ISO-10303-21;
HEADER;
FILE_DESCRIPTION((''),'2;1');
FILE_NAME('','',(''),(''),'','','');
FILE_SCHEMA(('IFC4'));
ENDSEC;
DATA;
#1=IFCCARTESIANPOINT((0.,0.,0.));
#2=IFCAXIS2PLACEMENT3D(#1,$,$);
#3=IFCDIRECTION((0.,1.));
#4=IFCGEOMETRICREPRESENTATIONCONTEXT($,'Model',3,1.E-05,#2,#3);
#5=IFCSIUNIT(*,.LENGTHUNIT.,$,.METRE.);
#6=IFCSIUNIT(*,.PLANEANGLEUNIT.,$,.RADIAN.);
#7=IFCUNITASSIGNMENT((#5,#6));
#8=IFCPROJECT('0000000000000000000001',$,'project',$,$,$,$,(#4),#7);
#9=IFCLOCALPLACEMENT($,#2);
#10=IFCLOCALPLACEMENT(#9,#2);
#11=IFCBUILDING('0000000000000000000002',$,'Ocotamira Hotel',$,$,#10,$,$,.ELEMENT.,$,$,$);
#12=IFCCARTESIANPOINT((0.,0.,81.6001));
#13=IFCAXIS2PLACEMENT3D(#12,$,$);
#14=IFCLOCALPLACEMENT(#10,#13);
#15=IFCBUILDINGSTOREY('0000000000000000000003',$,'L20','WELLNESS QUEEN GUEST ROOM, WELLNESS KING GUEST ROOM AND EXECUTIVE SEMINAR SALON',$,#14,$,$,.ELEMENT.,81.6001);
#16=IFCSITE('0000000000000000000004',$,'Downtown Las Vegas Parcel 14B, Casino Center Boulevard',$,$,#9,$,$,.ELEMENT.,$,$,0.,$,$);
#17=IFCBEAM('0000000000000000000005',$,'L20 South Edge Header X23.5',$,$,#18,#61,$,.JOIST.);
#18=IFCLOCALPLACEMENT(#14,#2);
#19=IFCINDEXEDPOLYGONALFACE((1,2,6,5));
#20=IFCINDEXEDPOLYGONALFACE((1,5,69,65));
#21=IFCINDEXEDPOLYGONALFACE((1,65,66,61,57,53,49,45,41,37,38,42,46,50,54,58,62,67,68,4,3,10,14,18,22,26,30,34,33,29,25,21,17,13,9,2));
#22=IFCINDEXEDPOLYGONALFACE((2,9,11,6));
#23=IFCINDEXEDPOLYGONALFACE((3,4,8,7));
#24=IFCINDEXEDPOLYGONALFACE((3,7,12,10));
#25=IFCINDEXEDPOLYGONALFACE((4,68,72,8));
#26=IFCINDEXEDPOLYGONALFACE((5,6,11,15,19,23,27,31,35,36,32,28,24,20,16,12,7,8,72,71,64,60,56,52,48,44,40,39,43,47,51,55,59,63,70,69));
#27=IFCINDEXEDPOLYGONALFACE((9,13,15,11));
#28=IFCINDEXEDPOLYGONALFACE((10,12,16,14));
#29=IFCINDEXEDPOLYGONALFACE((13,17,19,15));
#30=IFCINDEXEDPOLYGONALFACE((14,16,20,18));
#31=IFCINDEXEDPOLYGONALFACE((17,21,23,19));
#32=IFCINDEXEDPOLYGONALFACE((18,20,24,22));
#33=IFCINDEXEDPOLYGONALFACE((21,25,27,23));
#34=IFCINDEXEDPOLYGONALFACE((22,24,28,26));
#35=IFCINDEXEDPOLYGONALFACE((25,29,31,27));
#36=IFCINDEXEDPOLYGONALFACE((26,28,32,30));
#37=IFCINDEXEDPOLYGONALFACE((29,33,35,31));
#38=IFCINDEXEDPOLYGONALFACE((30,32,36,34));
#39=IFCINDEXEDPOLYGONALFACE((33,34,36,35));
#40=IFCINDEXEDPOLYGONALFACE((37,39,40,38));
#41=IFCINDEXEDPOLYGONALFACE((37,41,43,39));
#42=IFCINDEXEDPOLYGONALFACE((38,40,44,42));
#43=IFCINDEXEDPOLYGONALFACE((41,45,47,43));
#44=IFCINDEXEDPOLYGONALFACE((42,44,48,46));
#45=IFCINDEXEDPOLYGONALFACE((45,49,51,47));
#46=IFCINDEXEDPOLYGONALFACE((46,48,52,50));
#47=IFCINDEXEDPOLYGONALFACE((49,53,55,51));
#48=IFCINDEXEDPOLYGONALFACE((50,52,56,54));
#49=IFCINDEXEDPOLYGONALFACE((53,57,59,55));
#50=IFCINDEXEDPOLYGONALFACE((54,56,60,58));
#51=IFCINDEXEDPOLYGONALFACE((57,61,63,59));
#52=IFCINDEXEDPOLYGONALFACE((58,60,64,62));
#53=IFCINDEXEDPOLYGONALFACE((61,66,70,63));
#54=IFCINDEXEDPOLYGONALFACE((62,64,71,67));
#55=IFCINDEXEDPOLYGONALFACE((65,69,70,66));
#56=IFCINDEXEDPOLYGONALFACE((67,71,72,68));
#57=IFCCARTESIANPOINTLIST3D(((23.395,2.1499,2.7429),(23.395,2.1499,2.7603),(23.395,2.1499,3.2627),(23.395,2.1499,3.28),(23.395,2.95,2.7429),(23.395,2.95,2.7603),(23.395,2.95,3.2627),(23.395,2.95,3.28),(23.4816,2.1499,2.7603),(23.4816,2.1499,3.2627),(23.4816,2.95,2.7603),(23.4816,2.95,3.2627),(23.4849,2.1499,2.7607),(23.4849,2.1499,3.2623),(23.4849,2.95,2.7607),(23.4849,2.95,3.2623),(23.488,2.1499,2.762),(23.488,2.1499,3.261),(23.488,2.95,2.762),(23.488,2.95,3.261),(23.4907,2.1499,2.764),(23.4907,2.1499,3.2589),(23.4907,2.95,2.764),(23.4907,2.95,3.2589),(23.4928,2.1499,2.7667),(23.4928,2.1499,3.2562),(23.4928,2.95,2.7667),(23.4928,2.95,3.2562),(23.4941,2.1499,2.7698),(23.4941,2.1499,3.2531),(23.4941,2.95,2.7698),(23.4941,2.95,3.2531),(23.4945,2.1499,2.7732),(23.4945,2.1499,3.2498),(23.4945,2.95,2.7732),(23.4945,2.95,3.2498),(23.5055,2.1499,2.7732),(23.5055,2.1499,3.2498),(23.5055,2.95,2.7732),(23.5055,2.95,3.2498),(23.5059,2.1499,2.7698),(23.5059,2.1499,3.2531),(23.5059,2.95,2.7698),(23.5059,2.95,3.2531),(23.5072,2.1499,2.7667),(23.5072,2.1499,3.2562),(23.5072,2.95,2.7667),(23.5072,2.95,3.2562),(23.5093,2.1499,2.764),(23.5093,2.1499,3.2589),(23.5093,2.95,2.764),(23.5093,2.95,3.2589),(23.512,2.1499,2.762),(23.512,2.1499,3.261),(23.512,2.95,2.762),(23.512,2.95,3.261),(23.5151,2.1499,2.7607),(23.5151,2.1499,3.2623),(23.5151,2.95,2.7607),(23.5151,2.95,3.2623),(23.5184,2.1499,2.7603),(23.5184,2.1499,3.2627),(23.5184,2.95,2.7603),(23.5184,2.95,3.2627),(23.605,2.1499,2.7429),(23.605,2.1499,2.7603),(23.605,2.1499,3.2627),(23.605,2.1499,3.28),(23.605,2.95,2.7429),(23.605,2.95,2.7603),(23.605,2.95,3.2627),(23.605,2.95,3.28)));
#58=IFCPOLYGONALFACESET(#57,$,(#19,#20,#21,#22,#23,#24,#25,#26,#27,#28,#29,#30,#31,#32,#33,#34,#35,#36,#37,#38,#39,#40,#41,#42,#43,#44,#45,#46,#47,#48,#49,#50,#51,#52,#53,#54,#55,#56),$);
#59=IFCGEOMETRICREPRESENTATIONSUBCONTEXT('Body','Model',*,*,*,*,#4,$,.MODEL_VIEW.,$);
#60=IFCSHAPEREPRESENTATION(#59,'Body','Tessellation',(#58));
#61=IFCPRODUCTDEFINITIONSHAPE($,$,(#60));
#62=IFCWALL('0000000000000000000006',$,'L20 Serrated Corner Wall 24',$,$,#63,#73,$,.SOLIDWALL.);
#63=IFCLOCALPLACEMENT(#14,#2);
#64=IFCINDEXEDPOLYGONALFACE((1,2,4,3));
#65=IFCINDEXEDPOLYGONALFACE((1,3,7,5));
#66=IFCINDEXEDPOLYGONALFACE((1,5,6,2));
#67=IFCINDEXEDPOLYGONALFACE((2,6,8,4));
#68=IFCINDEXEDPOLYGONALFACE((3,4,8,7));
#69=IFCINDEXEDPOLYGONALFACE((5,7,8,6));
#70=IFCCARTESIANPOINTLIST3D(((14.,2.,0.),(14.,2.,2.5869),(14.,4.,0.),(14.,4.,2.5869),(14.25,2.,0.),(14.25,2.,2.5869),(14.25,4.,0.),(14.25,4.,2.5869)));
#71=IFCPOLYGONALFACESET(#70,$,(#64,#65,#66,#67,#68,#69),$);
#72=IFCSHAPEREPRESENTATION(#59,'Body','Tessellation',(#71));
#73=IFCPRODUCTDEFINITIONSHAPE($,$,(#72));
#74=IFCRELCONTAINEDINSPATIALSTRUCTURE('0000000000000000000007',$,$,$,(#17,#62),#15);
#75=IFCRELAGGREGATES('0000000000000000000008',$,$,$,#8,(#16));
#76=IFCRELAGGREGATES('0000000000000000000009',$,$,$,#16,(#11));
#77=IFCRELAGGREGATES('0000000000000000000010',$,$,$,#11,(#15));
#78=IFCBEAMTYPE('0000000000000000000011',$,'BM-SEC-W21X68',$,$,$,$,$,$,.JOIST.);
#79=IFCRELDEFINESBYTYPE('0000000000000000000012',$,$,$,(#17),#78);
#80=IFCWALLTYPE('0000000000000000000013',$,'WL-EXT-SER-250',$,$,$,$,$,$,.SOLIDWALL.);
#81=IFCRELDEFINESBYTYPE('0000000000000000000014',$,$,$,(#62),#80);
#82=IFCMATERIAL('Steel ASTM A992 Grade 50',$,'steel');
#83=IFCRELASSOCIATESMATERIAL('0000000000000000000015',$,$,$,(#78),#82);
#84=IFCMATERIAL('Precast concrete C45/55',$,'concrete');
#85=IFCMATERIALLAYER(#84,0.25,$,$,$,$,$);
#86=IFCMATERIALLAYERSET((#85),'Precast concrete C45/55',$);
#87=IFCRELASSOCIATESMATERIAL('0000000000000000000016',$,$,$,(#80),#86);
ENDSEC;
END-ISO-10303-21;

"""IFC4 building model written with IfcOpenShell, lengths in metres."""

from ifc_helpers import new_model, si_unit, direction, frame, frame_2d, origin, origin_2d, place, context, subcontext, project, spatial, rectangle, i_section, extrude, source, transform, mapped, material, layer, layer_set, material_profile, profile_set, type_object, element, save


model = new_model("IFC4")

# Units and contexts
model_context = context("Model", 3, precision=1e-05, world=origin(), true_north=direction((0.0, 1.0)))
body_context = subcontext(model_context, "Body", "Model", "MODEL_VIEW")
ifc_project = project(units=[si_unit("LENGTHUNIT", "METRE"), si_unit("PLANEANGLEUNIT", "RADIAN")], contexts=[model_context])

# Site, building, storey
site_placement = place(None, origin())
site = spatial("IfcSite", under=ifc_project, at=site_placement, Name="Downtown Las Vegas Parcel 14B, Casino Center Boulevard", CompositionType="ELEMENT", RefElevation=0.0)
building_placement = place(site_placement, origin())
building = spatial("IfcBuilding", under=site, at=building_placement, Name="Ocotamira Hotel", CompositionType="ELEMENT")
storey_placement = place(building_placement, frame((0.0, 0.0, 81.6001)))
storey = spatial("IfcBuildingStorey", under=building, at=storey_placement, Name="L20", Description="WELLNESS QUEEN GUEST ROOM, WELLNESS KING GUEST ROOM AND EXECUTIVE SEMINAR SALON", CompositionType="ELEMENT", Elevation=81.6001)

# Beam
ifc_material_1 = material(Name="Steel ASTM A992 Grade 50", Category="steel")
ifc_material_profile_1 = material_profile(ifc_material_1, i_section(OverallWidth=0.21, OverallDepth=0.5371, WebThickness=0.011, FlangeThickness=0.0173, FilletRadius=0.0129, at=origin_2d()), Name="W21X68")
ifc_profile_set_1 = profile_set([ifc_material_profile_1], Name="Steel ASTM A992 Grade 50")
beam_type_1 = type_object("IfcBeamType", Name="BM-SEC-W21X68", PredefinedType="JOIST", material=ifc_profile_set_1)
shared_shape_1 = source(origin(), body_context, "Body", "SweptSolid", [
    extrude(i_section(OverallWidth=0.21, OverallDepth=0.5371, WebThickness=0.011, FlangeThickness=0.0173, FilletRadius=0.0129, at=origin_2d()), origin(), (0.0, 0.0, 1.0), 0.8),
])
for number, where, z_axis, x_axis, name in (
    (1, (23.5, 2.95, 3.0115), (0.0, -1.0, 0.0), (1.0, 0.0, 0.0), "L20 South Edge Header X23.5"),
):
    element("IfcBeam", number, at=place(storey_placement, frame(where, z_axis=z_axis, x_axis=x_axis)), inside=storey, type_object=beam_type_1, Name=name, PredefinedType="JOIST", context=body_context, shape_type="MappedRepresentation", body=[
        mapped(shared_shape_1, transform((0.0, 0.0, 0.0), scale=1.0)),
    ])

# Wall
ifc_material_2 = material(Name="Precast concrete C45/55", Category="concrete")
ifc_layer_1 = layer(ifc_material_2, 0.25)
ifc_layer_set_1 = layer_set([ifc_layer_1], Name="Precast concrete C45/55")
wall_type_1 = type_object("IfcWallType", Name="WL-EXT-SER-250", PredefinedType="SOLIDWALL", material=ifc_layer_set_1)
wall_1_placement = place(storey_placement, frame((14.125, 4.0, 0.0), z_axis=(0.0, 0.0, 1.0), x_axis=(0.0, -1.0, 0.0)))
element("IfcWall", 2, at=wall_1_placement, inside=storey, type_object=wall_type_1, Name="L20 Serrated Corner Wall 24", PredefinedType="SOLIDWALL", context=body_context, shape_type="SweptSolid", body=[
    extrude(rectangle(XDim=2.0, YDim=0.25, at=frame_2d((1.0, 0.0))), origin(), (0.0, 0.0, 1.0), 2.5869),
])

save(model, "model.ifc")
